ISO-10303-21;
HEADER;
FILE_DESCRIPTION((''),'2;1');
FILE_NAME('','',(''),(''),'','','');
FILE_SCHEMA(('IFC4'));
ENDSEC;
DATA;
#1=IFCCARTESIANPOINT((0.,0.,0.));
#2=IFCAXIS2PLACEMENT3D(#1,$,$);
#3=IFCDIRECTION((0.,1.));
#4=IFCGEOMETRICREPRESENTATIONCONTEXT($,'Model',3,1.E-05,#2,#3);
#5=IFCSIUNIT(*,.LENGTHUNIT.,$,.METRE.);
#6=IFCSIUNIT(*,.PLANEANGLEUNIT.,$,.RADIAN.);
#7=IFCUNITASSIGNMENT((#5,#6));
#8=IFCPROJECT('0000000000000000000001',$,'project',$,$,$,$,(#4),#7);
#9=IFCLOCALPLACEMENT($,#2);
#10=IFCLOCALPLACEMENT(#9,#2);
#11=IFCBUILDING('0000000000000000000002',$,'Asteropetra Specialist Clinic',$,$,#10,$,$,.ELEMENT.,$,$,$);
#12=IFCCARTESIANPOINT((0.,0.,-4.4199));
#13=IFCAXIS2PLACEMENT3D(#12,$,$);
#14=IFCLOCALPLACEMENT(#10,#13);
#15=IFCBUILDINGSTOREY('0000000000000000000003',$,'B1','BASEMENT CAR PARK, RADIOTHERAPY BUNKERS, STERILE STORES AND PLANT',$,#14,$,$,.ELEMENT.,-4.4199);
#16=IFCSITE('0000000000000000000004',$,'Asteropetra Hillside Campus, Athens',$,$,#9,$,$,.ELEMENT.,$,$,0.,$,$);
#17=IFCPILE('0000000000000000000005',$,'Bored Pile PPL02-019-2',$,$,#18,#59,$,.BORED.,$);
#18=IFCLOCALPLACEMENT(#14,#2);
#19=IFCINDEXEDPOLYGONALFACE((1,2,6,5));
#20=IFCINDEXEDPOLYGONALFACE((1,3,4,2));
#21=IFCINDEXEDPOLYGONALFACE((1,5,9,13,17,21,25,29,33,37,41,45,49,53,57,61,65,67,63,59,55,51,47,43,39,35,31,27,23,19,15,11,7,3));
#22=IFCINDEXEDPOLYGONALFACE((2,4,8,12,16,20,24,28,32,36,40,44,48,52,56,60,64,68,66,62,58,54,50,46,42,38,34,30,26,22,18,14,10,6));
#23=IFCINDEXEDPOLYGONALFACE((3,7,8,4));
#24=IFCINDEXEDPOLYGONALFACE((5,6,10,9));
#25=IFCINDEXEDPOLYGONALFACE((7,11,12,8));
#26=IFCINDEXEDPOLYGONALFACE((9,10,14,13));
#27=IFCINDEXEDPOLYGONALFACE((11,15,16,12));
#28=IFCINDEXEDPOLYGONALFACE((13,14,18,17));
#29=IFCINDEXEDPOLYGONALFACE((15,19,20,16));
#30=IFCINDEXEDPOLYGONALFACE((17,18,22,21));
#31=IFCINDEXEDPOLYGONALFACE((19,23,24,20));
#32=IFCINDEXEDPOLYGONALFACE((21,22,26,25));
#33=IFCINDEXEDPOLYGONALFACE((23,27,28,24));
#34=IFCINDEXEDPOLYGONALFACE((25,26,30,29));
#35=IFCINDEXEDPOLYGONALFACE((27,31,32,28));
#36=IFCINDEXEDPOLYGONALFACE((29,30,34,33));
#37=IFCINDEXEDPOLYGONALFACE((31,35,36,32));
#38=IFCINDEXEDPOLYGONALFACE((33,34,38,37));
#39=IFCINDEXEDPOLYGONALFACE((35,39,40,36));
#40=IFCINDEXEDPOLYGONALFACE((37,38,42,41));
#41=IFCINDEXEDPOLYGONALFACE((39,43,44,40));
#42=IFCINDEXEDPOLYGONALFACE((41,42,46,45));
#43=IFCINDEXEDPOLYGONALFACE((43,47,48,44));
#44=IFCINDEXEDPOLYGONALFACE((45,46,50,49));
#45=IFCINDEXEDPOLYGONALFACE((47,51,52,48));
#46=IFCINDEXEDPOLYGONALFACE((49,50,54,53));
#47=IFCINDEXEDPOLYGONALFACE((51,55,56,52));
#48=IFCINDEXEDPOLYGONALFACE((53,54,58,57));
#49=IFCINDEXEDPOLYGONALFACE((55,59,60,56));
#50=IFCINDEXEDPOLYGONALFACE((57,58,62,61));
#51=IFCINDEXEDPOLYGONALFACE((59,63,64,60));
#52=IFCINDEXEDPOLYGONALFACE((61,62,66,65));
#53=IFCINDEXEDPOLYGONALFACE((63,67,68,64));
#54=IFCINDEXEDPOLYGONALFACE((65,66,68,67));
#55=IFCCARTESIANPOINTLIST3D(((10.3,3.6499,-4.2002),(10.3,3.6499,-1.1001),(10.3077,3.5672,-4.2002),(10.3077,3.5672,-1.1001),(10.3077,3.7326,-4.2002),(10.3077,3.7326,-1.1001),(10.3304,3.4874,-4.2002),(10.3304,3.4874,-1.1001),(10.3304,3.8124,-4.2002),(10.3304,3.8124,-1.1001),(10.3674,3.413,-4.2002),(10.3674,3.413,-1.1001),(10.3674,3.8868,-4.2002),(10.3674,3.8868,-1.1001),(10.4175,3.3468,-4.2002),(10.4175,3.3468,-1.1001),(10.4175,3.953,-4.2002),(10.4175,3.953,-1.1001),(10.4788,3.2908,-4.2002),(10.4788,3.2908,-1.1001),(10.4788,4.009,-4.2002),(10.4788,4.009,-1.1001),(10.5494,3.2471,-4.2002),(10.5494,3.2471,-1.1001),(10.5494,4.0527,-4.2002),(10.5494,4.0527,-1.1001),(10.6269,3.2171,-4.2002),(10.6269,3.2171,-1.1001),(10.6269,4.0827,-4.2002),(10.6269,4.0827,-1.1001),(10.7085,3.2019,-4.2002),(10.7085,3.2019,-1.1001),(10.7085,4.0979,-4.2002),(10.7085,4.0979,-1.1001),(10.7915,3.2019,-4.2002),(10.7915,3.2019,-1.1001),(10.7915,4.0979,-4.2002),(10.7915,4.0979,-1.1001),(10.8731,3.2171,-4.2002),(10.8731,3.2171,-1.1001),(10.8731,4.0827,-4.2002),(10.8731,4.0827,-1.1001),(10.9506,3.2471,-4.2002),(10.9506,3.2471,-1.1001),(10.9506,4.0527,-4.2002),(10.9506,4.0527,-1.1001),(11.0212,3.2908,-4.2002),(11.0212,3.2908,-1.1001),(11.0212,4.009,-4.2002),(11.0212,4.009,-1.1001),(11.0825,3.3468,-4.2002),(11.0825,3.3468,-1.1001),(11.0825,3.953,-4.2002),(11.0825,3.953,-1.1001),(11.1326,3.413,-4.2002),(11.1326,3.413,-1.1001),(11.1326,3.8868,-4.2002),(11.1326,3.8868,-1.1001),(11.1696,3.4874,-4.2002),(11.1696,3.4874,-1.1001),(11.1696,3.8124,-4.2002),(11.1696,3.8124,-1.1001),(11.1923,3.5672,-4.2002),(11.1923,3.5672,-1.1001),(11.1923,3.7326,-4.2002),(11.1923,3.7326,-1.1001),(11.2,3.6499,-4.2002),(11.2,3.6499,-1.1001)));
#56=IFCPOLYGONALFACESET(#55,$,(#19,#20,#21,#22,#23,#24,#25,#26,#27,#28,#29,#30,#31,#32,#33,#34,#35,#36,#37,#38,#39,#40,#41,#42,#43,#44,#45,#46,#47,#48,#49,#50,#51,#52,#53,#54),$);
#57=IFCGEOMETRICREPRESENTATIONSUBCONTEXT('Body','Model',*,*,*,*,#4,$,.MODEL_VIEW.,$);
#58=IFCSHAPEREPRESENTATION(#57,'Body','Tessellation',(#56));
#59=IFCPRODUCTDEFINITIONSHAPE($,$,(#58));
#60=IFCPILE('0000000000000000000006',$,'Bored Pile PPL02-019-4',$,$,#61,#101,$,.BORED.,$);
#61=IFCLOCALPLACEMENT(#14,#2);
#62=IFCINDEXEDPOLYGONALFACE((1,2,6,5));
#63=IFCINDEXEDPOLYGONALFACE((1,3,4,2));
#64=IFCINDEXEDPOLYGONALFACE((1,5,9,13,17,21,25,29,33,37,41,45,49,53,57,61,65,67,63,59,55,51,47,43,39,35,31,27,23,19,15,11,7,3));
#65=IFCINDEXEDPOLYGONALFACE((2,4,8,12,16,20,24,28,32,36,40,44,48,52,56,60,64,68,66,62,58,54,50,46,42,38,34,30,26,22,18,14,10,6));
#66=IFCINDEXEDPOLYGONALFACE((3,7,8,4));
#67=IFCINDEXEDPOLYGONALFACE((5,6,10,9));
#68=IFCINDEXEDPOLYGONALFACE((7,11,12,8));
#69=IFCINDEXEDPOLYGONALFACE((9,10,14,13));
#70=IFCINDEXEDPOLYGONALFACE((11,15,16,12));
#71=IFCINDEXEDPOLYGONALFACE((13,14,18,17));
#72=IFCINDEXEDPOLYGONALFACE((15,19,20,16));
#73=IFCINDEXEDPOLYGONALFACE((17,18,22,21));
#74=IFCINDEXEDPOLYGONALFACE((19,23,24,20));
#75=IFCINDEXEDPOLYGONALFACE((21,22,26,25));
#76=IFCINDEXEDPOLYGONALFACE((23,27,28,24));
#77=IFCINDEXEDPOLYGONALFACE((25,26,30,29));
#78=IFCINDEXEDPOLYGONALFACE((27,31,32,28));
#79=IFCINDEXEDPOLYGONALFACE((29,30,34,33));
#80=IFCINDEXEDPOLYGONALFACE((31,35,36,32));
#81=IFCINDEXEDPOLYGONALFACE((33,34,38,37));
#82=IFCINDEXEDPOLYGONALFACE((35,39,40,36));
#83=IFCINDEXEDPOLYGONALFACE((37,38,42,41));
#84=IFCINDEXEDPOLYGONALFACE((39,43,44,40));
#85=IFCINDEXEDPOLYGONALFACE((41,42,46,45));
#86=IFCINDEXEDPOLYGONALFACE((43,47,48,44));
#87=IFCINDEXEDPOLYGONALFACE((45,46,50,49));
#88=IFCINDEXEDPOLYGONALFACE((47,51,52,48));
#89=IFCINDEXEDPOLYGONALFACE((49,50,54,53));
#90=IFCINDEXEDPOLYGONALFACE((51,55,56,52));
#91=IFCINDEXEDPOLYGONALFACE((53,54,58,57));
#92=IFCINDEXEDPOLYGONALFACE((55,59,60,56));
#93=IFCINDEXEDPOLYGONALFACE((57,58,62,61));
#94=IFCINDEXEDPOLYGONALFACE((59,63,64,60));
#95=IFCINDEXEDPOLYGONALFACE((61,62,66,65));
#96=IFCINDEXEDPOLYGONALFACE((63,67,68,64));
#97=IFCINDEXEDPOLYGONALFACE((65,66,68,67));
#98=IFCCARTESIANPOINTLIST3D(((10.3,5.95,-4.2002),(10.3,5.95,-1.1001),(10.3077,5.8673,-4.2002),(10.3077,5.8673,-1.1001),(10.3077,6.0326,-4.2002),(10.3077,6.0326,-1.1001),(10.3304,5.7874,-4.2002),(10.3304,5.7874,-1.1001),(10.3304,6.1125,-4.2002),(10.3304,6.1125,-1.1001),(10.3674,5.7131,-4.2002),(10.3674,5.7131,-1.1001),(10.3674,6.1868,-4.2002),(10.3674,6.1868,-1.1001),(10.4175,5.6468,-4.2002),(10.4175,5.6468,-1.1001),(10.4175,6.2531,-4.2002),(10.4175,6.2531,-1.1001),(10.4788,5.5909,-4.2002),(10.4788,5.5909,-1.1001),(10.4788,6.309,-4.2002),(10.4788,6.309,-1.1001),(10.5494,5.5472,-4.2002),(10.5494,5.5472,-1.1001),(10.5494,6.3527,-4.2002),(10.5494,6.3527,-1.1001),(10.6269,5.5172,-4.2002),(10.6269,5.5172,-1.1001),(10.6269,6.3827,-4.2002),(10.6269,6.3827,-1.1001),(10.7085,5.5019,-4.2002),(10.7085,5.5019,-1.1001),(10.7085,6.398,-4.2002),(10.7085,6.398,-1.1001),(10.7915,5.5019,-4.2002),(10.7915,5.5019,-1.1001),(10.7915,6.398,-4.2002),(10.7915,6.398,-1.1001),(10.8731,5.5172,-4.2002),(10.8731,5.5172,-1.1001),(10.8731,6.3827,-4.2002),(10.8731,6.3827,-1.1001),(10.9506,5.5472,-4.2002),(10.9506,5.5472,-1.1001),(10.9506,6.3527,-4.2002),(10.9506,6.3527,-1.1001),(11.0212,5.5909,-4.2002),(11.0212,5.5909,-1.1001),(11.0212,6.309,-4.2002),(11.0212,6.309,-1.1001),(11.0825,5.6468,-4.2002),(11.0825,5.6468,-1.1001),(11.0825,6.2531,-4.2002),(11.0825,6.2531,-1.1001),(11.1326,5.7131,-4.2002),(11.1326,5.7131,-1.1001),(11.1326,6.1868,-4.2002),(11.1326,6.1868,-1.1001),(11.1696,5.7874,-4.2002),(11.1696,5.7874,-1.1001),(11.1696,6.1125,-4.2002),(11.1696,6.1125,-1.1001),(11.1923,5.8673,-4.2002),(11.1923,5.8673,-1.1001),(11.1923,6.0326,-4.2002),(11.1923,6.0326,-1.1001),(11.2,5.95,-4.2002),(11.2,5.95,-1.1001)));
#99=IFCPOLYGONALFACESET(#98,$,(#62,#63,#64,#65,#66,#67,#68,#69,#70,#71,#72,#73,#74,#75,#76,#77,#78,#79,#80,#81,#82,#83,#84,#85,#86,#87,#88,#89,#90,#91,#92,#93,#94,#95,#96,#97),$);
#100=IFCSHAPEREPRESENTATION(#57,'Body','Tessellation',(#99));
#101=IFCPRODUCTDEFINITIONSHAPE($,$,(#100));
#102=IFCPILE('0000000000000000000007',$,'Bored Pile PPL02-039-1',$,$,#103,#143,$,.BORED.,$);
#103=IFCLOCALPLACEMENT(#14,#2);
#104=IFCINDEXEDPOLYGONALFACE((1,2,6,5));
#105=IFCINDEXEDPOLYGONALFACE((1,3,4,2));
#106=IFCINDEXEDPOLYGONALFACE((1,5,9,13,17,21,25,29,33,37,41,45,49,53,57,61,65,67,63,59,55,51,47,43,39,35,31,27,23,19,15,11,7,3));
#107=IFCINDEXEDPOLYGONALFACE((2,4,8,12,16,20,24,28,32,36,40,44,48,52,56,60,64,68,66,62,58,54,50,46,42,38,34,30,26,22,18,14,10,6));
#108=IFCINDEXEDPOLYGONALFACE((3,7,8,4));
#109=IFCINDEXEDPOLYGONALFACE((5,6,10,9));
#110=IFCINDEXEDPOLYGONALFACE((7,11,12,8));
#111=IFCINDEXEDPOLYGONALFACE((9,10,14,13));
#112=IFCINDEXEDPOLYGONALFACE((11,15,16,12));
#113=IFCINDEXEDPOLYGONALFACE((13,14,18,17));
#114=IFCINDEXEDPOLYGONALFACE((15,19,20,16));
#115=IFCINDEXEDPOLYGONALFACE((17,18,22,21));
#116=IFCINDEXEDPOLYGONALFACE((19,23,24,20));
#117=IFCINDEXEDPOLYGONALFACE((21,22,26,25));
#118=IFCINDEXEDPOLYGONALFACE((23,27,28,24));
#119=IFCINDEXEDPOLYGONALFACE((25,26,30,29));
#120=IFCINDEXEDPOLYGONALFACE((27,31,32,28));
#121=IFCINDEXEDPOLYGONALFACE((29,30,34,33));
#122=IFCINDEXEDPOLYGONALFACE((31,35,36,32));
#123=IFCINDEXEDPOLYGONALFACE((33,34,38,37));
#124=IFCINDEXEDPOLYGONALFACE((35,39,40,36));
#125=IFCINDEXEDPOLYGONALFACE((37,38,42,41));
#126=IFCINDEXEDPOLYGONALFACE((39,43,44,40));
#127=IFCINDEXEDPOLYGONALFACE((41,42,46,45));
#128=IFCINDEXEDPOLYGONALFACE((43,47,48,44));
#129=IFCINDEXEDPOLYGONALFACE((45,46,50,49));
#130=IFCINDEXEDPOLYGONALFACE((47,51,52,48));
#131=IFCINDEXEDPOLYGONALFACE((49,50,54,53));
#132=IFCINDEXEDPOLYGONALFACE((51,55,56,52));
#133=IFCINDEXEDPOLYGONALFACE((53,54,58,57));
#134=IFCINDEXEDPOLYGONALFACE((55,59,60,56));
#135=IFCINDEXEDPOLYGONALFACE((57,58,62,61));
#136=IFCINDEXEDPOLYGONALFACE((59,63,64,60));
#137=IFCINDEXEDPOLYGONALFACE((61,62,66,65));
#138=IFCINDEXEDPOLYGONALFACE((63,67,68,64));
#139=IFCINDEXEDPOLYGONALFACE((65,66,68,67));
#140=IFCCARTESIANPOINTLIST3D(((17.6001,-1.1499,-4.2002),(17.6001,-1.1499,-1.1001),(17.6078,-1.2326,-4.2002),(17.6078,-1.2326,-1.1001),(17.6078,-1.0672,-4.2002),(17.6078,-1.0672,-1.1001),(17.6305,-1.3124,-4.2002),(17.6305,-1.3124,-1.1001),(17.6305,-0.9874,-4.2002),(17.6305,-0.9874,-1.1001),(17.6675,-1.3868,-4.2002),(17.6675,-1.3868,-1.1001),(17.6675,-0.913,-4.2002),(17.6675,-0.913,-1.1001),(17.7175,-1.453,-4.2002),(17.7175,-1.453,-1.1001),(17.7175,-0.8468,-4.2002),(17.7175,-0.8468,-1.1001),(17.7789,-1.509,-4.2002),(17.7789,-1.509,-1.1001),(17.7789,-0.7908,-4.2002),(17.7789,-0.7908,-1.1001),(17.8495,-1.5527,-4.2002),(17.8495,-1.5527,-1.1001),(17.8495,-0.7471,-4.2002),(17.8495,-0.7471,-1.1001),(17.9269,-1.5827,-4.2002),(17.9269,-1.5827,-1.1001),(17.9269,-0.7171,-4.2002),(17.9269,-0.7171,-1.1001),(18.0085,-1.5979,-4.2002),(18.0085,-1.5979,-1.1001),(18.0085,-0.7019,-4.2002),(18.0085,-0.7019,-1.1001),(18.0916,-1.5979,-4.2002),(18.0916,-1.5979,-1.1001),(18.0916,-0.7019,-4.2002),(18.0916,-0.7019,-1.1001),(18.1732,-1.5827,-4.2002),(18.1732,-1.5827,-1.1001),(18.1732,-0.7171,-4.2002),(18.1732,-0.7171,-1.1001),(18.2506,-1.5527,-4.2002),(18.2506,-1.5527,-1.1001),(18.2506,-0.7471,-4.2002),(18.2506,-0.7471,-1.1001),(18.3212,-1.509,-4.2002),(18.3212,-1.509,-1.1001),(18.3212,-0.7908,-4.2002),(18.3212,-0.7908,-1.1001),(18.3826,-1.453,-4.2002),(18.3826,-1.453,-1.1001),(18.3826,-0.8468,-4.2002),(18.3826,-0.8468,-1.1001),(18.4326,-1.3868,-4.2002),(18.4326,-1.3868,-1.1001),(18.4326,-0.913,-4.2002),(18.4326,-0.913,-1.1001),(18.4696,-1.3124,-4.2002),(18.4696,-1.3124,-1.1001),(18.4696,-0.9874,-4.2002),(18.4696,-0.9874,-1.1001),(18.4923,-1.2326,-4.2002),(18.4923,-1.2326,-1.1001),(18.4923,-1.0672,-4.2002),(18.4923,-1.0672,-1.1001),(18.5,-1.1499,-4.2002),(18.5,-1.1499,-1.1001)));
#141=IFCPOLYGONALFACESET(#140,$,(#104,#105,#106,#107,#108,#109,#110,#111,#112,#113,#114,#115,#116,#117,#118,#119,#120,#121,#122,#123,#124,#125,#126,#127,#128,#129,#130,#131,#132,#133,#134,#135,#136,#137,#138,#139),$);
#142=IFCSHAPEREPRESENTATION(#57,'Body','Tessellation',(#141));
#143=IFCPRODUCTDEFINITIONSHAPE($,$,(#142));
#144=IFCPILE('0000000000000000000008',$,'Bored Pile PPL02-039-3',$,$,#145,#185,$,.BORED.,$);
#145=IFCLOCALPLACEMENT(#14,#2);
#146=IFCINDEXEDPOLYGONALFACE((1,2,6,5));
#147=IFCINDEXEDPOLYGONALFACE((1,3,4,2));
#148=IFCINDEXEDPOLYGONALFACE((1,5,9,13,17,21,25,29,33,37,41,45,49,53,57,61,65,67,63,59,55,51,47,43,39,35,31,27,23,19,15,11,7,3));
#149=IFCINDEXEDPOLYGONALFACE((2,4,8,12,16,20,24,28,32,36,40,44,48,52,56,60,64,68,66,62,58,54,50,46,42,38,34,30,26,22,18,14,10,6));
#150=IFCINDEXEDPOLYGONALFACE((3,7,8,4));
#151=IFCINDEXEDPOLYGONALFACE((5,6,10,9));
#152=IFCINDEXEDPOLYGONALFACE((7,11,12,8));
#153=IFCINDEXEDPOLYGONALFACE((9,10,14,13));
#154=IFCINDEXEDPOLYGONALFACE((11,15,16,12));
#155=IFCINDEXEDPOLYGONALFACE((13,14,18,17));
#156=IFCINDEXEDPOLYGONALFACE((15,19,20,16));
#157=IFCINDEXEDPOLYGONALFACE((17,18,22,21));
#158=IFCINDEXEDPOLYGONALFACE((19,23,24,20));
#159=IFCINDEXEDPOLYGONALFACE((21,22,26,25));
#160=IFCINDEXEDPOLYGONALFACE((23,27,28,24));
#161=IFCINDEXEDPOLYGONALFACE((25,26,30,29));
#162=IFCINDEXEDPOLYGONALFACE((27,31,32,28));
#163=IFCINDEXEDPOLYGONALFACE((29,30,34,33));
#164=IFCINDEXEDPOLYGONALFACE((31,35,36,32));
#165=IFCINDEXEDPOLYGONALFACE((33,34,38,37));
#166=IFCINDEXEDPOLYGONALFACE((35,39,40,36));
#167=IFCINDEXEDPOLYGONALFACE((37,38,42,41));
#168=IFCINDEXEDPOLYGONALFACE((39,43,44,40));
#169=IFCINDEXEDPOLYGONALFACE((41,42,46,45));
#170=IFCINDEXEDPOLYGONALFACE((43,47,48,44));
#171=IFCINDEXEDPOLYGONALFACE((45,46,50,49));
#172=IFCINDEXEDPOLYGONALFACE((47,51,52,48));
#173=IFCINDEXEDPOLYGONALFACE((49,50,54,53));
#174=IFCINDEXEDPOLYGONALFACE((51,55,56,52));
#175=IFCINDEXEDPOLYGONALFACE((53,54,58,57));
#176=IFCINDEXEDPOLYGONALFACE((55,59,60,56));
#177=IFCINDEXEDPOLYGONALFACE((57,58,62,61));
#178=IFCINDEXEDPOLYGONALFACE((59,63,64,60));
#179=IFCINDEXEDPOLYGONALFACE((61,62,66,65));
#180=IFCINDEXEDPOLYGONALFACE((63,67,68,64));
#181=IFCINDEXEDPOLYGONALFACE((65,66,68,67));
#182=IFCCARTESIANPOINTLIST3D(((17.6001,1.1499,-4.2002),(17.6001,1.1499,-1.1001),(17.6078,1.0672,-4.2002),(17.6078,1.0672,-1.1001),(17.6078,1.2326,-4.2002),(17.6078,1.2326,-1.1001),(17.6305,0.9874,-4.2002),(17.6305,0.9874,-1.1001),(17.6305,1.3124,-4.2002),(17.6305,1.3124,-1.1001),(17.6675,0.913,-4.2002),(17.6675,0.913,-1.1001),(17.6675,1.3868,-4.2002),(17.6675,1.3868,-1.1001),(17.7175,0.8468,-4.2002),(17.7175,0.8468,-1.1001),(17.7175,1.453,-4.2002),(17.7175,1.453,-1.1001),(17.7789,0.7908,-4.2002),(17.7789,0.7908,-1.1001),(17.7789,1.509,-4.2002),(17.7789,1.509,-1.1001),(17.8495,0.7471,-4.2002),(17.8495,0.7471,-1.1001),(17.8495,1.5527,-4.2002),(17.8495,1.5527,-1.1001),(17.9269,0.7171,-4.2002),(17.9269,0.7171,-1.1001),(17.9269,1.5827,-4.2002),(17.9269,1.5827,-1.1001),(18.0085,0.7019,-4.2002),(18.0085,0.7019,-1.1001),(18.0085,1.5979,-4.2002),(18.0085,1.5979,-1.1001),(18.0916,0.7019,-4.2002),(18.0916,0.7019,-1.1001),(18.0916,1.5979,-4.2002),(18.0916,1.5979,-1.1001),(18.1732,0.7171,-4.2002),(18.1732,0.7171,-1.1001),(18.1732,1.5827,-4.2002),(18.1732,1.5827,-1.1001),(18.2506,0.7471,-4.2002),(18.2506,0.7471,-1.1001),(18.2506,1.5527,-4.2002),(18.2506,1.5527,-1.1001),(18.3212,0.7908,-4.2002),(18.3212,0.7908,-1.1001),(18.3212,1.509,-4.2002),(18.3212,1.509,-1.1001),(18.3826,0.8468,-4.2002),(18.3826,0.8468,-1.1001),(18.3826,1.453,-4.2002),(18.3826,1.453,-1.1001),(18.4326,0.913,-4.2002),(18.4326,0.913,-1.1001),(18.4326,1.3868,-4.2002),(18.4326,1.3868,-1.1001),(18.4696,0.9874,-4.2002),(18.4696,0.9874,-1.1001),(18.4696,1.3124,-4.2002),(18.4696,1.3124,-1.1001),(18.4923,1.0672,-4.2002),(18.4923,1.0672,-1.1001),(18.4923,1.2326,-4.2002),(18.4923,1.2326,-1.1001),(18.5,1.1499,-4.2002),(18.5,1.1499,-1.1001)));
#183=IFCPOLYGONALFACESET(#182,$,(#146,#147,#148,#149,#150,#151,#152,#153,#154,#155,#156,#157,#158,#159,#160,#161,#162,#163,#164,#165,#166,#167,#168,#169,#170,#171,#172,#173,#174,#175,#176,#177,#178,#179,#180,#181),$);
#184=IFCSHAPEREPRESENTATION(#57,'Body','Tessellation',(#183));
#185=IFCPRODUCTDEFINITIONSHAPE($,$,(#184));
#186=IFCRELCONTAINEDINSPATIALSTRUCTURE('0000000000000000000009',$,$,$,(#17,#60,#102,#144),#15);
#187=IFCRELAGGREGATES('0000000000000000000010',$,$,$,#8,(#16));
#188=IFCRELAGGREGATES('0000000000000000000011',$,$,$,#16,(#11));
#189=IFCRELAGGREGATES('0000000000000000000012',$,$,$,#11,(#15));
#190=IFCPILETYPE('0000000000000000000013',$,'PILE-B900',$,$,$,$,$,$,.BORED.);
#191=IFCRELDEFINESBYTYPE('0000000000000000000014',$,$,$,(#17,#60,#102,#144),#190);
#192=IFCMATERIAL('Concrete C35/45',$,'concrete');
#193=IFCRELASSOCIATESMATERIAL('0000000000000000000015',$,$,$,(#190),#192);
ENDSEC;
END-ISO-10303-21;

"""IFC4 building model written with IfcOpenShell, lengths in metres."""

from ifc_helpers import new_model, si_unit, direction, frame, origin, origin_2d, place, context, subcontext, project, spatial, circle, extrude, material, material_profile, profile_set, type_object, element, save


model = new_model("IFC4")

# Units and contexts
model_context = context("Model", 3, precision=1e-05, world=origin(), true_north=direction((0.0, 1.0)))
body_context = subcontext(model_context, "Body", "Model", "MODEL_VIEW")
ifc_project = project(units=[si_unit("LENGTHUNIT", "METRE"), si_unit("PLANEANGLEUNIT", "RADIAN")], contexts=[model_context])

# Site, building, storey
site_placement = place(None, origin())
site = spatial("IfcSite", under=ifc_project, at=site_placement, Name="Asteropetra Hillside Campus, Athens", CompositionType="ELEMENT", RefElevation=0.0)
building_placement = place(site_placement, origin())
building = spatial("IfcBuilding", under=site, at=building_placement, Name="Asteropetra Specialist Clinic", CompositionType="ELEMENT")
storey_placement = place(building_placement, frame((0.0, 0.0, -4.4199)))
storey = spatial("IfcBuildingStorey", under=building, at=storey_placement, Name="B1", Description="BASEMENT CAR PARK, RADIOTHERAPY BUNKERS, STERILE STORES AND PLANT", CompositionType="ELEMENT", Elevation=-4.4199)

# Piles
ifc_material_1 = material(Name="Concrete C35/45", Category="concrete")
ifc_material_profile_1 = material_profile(ifc_material_1, circle(Radius=0.45, at=origin_2d()), Name="PILE D900")
ifc_profile_set_1 = profile_set([ifc_material_profile_1], Name="Concrete C35/45")
pile_type_1 = type_object("IfcPileType", Name="PILE-B900", PredefinedType="BORED", material=ifc_profile_set_1)
for number, where, z_axis, x_axis, name in (
    (1, (10.75, 3.6499, -1.1001), (0.0, 0.0, -1.0), (1.0, 0.0, 0.0), "Bored Pile PPL02-019-2"),
    (2, (10.75, 5.95, -1.1001), (0.0, 0.0, -1.0), (1.0, 0.0, 0.0), "Bored Pile PPL02-019-4"),
    (3, (18.05, -1.1499, -1.1001), (0.0, 0.0, -1.0), (1.0, 0.0, 0.0), "Bored Pile PPL02-039-1"),
    (4, (18.05, 1.1499, -1.1001), (0.0, 0.0, -1.0), (1.0, 0.0, 0.0), "Bored Pile PPL02-039-3"),
):
    element("IfcPile", number, at=place(storey_placement, frame(where, z_axis=z_axis, x_axis=x_axis)), inside=storey, type_object=pile_type_1, Name=name, PredefinedType="BORED", context=body_context, shape_type="SweptSolid", body=[
        extrude(circle(Radius=0.45, at=origin_2d()), origin(), (0.0, 0.0, 1.0), 3.1001),
    ])

save(model, "model.ifc")
